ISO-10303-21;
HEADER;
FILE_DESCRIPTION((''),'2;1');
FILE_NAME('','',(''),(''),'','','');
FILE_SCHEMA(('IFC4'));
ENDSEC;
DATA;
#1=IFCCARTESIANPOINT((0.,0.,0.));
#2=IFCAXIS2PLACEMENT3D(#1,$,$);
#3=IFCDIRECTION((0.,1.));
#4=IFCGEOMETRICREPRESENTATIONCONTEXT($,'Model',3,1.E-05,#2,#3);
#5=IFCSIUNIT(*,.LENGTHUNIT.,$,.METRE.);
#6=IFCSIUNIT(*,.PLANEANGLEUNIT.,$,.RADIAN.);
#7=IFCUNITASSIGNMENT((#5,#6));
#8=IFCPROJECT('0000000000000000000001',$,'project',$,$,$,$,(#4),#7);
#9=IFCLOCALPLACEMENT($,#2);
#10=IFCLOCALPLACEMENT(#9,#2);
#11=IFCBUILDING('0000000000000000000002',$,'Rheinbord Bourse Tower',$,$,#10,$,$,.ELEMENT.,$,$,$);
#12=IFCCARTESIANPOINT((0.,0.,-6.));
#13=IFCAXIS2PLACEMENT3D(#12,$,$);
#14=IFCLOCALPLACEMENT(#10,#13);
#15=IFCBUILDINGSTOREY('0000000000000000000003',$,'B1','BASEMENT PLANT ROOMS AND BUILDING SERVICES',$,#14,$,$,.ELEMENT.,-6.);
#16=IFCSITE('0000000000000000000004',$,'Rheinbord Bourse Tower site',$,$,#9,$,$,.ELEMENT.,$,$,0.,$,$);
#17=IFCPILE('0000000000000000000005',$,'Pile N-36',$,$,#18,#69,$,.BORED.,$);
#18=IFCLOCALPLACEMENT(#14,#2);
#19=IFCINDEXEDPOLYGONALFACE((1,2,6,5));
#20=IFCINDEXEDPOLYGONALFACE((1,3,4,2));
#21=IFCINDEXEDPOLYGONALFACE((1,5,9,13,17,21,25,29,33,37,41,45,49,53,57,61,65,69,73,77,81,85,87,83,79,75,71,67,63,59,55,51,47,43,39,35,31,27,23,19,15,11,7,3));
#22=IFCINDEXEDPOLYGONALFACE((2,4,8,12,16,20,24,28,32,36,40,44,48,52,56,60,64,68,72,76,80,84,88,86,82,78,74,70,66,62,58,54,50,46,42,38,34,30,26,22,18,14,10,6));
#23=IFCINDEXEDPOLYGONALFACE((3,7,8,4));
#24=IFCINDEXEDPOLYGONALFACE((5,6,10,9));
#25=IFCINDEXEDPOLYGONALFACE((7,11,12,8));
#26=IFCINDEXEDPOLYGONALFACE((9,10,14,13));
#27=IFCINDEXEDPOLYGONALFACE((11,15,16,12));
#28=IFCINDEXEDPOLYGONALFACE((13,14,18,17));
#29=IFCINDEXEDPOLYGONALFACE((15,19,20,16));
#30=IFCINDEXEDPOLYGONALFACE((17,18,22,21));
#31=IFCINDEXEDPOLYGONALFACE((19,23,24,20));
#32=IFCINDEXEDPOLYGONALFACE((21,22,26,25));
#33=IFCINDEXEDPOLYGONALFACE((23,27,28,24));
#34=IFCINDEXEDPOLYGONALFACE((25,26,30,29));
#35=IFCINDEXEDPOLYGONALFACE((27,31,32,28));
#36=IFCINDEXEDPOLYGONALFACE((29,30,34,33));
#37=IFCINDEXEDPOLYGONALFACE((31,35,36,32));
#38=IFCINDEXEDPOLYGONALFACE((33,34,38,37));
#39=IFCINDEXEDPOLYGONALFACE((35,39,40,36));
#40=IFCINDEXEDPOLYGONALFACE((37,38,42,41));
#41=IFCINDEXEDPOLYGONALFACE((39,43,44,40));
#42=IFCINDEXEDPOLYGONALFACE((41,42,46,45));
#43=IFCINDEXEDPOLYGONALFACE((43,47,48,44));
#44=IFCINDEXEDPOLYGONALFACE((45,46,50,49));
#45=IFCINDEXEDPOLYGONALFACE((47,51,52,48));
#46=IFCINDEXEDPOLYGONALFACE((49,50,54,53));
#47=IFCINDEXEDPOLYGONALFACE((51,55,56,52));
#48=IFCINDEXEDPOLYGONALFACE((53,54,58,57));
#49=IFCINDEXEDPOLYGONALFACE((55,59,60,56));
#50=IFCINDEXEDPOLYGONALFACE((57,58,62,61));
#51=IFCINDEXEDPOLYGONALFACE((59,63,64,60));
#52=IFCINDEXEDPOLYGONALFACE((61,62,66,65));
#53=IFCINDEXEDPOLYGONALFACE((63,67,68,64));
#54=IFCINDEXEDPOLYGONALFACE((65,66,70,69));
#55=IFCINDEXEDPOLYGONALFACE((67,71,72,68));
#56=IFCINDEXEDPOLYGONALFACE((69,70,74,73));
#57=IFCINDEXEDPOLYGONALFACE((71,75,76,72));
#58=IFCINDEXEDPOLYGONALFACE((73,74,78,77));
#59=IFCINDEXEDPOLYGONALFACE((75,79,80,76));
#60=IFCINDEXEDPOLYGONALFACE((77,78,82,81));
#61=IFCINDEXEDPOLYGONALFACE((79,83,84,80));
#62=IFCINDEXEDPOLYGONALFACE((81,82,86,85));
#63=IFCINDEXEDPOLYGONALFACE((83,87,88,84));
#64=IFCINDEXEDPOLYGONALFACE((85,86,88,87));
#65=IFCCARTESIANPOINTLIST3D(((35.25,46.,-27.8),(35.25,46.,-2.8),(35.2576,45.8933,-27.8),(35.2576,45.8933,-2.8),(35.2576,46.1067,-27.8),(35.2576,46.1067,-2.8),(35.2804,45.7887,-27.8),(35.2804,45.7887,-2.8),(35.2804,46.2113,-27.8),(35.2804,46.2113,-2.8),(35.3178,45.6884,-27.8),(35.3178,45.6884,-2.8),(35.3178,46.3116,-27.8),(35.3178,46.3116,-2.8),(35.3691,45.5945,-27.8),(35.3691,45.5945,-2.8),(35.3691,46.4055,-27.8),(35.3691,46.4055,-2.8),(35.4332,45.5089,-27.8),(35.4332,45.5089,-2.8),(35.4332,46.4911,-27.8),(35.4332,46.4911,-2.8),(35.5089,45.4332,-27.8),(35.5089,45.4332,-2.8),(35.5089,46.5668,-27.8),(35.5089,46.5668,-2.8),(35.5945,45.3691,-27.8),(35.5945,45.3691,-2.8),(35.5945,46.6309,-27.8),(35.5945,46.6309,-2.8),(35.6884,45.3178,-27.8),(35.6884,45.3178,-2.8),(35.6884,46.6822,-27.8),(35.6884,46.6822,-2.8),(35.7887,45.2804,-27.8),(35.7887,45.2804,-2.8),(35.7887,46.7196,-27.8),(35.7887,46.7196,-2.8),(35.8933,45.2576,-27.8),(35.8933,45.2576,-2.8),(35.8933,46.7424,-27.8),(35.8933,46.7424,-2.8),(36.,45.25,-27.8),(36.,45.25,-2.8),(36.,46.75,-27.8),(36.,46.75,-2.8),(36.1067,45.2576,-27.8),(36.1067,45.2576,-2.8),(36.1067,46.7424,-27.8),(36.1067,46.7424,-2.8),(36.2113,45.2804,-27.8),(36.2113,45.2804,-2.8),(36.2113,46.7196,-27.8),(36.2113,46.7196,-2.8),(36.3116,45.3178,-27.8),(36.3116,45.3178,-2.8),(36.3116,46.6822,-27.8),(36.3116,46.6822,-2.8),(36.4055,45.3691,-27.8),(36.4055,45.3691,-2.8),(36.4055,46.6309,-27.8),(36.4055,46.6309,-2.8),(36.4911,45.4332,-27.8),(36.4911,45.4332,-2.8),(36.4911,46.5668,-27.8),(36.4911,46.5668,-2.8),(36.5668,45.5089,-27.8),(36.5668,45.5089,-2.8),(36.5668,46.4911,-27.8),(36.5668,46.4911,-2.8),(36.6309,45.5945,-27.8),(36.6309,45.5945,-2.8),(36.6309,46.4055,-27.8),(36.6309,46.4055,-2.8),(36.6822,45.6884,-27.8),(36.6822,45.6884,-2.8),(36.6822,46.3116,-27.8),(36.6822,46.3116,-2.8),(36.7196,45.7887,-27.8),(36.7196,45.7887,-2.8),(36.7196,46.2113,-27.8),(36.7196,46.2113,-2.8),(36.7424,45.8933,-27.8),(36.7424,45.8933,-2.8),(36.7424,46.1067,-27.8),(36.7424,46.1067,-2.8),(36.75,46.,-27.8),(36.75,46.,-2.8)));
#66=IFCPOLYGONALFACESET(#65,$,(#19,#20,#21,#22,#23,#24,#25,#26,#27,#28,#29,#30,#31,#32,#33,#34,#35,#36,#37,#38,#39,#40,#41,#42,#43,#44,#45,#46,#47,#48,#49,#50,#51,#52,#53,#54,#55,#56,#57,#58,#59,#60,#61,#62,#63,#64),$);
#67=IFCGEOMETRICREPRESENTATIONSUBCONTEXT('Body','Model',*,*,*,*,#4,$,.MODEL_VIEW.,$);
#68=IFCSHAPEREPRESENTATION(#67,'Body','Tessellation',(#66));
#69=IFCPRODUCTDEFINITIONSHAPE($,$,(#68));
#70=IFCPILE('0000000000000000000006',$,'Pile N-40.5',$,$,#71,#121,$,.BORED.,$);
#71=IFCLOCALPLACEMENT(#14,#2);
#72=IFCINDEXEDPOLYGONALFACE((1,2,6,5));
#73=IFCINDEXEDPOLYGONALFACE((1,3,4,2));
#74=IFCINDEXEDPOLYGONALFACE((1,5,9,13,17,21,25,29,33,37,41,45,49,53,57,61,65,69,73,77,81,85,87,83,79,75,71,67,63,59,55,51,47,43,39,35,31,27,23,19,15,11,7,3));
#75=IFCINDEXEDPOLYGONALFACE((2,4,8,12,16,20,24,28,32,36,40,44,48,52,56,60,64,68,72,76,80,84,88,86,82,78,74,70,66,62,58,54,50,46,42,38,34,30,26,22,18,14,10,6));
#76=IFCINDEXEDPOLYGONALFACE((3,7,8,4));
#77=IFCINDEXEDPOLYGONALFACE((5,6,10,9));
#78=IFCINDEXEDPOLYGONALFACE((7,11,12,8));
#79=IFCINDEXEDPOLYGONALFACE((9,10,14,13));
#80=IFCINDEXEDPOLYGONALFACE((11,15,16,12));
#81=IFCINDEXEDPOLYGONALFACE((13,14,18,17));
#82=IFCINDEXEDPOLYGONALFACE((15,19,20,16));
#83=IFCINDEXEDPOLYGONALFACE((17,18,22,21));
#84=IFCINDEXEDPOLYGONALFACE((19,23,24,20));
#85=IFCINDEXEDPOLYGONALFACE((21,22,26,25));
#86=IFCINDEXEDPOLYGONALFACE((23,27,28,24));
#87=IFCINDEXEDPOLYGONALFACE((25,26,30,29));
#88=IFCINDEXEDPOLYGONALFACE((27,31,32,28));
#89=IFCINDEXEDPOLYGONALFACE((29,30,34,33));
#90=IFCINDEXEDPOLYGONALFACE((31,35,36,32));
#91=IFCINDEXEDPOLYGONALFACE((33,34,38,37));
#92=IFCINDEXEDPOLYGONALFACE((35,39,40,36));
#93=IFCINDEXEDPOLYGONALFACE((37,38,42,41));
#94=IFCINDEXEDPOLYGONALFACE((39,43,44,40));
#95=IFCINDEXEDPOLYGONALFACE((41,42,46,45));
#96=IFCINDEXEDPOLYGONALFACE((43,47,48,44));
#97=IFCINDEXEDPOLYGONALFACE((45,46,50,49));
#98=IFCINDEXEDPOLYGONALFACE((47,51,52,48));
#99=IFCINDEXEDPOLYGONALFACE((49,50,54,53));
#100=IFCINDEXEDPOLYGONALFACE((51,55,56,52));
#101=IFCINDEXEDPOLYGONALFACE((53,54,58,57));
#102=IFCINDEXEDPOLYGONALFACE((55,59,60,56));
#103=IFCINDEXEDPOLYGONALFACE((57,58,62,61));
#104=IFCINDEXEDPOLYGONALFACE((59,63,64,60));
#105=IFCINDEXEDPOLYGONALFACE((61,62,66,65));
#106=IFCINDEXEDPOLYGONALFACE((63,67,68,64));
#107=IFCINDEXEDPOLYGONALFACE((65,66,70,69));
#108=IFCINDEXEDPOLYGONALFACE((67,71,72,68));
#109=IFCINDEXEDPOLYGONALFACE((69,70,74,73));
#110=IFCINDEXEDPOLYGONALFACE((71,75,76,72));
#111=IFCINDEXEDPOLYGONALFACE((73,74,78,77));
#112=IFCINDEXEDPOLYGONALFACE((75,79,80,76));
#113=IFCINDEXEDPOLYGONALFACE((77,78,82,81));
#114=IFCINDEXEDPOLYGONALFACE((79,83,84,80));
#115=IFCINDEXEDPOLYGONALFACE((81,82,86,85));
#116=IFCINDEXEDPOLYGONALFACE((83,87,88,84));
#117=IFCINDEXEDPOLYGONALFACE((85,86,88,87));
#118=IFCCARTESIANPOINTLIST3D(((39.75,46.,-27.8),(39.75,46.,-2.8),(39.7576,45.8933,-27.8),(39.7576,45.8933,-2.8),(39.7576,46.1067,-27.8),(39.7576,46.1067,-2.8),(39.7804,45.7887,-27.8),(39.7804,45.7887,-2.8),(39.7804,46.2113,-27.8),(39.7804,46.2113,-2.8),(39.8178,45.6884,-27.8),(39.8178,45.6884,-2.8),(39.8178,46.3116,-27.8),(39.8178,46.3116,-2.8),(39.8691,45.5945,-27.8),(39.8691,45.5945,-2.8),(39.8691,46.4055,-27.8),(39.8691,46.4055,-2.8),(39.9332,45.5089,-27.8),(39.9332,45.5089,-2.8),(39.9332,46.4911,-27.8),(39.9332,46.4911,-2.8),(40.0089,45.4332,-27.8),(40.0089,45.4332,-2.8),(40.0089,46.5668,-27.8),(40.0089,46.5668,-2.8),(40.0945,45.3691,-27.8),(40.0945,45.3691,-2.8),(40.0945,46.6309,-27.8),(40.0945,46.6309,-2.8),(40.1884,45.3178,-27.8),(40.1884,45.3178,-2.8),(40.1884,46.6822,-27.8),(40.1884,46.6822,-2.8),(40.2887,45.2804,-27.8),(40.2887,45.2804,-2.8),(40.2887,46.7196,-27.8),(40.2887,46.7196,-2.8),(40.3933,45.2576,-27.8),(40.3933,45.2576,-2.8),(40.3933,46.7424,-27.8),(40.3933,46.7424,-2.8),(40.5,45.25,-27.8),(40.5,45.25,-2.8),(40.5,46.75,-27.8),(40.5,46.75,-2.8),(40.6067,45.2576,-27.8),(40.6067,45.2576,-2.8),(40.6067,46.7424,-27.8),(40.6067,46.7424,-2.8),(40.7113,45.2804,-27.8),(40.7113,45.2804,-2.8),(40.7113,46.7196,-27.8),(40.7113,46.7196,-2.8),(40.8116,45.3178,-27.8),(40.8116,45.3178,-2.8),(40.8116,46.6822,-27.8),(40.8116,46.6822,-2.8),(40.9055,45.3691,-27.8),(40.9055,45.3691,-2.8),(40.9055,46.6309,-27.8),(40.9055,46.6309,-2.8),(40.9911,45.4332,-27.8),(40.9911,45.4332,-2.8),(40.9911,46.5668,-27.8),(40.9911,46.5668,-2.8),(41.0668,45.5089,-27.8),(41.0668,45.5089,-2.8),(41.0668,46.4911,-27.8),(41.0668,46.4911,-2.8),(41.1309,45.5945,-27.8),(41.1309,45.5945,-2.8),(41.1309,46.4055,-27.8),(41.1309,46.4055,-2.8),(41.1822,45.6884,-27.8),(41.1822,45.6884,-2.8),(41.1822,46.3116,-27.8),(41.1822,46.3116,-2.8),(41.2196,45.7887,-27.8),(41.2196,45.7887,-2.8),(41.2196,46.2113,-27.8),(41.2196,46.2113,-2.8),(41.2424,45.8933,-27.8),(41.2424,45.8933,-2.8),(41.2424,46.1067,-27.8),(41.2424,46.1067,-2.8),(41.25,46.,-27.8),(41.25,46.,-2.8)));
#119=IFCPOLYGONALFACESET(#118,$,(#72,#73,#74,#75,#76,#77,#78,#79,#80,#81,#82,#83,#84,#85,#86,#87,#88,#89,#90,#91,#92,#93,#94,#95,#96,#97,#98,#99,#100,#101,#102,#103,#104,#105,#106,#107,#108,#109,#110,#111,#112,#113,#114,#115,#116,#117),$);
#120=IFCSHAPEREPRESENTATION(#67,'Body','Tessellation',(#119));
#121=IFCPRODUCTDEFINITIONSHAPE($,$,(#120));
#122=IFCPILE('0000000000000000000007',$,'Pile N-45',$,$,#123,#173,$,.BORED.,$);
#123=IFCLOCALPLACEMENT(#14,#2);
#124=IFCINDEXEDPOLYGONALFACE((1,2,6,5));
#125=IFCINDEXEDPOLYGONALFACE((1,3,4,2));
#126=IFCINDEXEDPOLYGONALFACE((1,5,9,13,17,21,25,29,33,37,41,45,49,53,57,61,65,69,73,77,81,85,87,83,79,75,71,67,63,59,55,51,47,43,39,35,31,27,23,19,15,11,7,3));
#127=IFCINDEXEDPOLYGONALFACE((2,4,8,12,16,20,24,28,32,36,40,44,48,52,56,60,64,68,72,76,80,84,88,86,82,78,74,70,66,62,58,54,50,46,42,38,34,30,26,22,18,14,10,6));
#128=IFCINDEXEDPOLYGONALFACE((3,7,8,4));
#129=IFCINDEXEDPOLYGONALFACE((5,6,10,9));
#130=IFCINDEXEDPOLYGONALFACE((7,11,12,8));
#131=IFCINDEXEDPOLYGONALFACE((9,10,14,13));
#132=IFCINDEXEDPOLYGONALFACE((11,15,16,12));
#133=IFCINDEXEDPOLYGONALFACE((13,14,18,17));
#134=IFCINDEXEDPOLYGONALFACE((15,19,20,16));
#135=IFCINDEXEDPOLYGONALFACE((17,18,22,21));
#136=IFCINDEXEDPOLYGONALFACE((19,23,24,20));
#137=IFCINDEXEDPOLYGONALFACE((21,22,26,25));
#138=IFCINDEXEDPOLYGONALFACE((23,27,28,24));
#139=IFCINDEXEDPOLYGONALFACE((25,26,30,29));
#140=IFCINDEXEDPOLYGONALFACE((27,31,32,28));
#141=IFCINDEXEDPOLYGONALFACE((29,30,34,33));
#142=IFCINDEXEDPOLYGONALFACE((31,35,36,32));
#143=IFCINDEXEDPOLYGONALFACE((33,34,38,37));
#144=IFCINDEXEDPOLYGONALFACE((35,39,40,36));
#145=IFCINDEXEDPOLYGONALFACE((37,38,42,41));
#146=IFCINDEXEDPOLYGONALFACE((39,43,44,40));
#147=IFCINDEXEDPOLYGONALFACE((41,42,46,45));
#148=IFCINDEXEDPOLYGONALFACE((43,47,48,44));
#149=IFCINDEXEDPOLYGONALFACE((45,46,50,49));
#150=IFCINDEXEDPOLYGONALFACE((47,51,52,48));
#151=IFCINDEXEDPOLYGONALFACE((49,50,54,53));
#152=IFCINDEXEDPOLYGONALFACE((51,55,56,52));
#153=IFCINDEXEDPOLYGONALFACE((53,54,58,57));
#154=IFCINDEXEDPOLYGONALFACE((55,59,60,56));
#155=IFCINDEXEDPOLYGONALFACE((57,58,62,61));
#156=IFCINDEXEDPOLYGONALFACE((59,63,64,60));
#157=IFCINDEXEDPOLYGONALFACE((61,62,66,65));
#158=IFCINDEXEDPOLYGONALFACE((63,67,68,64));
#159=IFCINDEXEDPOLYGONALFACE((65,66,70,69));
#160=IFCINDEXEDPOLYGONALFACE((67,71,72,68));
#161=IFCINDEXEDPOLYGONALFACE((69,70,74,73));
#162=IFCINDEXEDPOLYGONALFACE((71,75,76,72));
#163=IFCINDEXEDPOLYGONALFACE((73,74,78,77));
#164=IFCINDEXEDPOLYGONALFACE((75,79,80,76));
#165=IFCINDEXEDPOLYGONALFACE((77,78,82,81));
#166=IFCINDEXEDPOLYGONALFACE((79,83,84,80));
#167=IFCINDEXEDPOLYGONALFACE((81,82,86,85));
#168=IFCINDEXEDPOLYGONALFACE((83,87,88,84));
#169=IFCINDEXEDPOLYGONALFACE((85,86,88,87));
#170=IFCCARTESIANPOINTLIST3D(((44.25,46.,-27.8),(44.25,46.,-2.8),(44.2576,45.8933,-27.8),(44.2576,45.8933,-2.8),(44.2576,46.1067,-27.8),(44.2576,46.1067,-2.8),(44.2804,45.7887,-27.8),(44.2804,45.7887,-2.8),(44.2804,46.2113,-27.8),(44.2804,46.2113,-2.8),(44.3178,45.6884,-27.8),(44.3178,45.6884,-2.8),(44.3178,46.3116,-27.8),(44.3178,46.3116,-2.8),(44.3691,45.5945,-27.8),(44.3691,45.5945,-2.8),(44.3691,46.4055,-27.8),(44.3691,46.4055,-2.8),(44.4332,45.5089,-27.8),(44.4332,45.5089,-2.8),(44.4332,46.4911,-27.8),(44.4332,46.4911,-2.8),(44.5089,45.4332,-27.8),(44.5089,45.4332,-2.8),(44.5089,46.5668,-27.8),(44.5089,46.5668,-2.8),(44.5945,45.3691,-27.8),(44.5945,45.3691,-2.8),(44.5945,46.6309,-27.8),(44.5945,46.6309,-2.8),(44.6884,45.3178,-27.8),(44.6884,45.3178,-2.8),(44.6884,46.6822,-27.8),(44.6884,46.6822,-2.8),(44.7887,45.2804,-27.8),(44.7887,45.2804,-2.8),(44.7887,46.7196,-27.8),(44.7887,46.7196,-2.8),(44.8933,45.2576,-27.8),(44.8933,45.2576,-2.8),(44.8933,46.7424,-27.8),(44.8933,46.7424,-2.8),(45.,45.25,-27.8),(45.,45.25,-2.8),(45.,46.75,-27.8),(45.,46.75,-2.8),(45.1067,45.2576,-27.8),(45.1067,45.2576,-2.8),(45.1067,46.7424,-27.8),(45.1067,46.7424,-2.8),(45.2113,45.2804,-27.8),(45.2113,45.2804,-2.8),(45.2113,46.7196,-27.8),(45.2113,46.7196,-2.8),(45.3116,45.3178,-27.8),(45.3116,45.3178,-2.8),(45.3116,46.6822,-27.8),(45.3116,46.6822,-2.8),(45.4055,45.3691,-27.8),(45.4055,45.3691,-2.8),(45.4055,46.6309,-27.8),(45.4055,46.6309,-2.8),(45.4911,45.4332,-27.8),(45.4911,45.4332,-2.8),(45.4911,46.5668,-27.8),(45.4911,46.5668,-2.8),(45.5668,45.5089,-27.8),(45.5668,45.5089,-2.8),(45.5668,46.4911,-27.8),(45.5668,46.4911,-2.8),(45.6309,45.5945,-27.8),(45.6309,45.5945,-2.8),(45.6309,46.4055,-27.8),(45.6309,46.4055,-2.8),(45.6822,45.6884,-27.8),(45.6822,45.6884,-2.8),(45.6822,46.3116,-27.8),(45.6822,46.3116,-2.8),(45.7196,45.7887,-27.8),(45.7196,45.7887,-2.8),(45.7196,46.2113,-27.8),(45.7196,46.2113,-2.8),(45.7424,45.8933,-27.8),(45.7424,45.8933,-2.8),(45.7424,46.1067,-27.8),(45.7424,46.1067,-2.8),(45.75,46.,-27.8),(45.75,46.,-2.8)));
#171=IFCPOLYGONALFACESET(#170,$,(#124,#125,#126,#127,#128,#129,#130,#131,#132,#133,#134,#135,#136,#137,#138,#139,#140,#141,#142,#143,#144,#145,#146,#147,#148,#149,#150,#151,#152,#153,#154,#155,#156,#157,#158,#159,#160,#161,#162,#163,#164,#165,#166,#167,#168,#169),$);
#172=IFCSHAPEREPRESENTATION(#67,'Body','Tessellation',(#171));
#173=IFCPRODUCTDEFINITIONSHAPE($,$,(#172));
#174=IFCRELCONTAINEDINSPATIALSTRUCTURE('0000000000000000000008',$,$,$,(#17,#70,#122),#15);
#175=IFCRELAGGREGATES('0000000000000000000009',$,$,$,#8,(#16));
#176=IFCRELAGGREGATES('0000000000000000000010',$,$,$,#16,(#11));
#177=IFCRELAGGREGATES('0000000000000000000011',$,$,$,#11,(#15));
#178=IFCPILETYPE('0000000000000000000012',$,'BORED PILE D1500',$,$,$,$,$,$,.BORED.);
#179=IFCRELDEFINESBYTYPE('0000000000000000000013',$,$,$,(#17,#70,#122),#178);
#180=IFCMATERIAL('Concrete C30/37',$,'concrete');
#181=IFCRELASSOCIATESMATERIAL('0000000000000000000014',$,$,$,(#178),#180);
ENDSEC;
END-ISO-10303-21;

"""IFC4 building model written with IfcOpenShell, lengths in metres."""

from ifc_helpers import new_model, si_unit, direction, frame, origin, origin_2d, place, context, subcontext, project, spatial, circle, extrude, material, material_profile, profile_set, type_object, element, save


model = new_model("IFC4")

# Units and contexts
model_context = context("Model", 3, precision=1e-05, world=origin(), true_north=direction((0.0, 1.0)))
body_context = subcontext(model_context, "Body", "Model", "MODEL_VIEW")
ifc_project = project(units=[si_unit("LENGTHUNIT", "METRE"), si_unit("PLANEANGLEUNIT", "RADIAN")], contexts=[model_context])

# Site, building, storey
site_placement = place(None, origin())
site = spatial("IfcSite", under=ifc_project, at=site_placement, Name="Rheinbord Bourse Tower site", CompositionType="ELEMENT", RefElevation=0.0)
building_placement = place(site_placement, origin())
building = spatial("IfcBuilding", under=site, at=building_placement, Name="Rheinbord Bourse Tower", CompositionType="ELEMENT")
storey_placement = place(building_placement, frame((0.0, 0.0, -6.0)))
storey = spatial("IfcBuildingStorey", under=building, at=storey_placement, Name="B1", Description="BASEMENT PLANT ROOMS AND BUILDING SERVICES", CompositionType="ELEMENT", Elevation=-6.0)

# Piles
ifc_material_1 = material(Name="Concrete C30/37", Category="concrete")
ifc_material_profile_1 = material_profile(ifc_material_1, circle(Radius=0.75, at=origin_2d()), Name="D1500")
ifc_profile_set_1 = profile_set([ifc_material_profile_1], Name="Concrete C30/37")
pile_type = type_object("IfcPileType", Name="BORED PILE D1500", PredefinedType="BORED", material=ifc_profile_set_1)
for number, where, z_axis, x_axis, name in (
    (1, (36.0, 46.0, -2.8), (0.0, 0.0, -1.0), (1.0, 0.0, 0.0), "Pile N-36"),
    (2, (40.5, 46.0, -2.8), (0.0, 0.0, -1.0), (1.0, 0.0, 0.0), "Pile N-40.5"),
    (3, (45.0, 46.0, -2.8), (0.0, 0.0, -1.0), (1.0, 0.0, 0.0), "Pile N-45"),
):
    element("IfcPile", number, at=place(storey_placement, frame(where, z_axis=z_axis, x_axis=x_axis)), inside=storey, type_object=pile_type, Name=name, PredefinedType="BORED", context=body_context, shape_type="SweptSolid", body=[
        extrude(circle(Radius=0.75, at=origin_2d()), origin(), (0.0, 0.0, 1.0), 25.0),
    ])

save(model, "model.ifc")
